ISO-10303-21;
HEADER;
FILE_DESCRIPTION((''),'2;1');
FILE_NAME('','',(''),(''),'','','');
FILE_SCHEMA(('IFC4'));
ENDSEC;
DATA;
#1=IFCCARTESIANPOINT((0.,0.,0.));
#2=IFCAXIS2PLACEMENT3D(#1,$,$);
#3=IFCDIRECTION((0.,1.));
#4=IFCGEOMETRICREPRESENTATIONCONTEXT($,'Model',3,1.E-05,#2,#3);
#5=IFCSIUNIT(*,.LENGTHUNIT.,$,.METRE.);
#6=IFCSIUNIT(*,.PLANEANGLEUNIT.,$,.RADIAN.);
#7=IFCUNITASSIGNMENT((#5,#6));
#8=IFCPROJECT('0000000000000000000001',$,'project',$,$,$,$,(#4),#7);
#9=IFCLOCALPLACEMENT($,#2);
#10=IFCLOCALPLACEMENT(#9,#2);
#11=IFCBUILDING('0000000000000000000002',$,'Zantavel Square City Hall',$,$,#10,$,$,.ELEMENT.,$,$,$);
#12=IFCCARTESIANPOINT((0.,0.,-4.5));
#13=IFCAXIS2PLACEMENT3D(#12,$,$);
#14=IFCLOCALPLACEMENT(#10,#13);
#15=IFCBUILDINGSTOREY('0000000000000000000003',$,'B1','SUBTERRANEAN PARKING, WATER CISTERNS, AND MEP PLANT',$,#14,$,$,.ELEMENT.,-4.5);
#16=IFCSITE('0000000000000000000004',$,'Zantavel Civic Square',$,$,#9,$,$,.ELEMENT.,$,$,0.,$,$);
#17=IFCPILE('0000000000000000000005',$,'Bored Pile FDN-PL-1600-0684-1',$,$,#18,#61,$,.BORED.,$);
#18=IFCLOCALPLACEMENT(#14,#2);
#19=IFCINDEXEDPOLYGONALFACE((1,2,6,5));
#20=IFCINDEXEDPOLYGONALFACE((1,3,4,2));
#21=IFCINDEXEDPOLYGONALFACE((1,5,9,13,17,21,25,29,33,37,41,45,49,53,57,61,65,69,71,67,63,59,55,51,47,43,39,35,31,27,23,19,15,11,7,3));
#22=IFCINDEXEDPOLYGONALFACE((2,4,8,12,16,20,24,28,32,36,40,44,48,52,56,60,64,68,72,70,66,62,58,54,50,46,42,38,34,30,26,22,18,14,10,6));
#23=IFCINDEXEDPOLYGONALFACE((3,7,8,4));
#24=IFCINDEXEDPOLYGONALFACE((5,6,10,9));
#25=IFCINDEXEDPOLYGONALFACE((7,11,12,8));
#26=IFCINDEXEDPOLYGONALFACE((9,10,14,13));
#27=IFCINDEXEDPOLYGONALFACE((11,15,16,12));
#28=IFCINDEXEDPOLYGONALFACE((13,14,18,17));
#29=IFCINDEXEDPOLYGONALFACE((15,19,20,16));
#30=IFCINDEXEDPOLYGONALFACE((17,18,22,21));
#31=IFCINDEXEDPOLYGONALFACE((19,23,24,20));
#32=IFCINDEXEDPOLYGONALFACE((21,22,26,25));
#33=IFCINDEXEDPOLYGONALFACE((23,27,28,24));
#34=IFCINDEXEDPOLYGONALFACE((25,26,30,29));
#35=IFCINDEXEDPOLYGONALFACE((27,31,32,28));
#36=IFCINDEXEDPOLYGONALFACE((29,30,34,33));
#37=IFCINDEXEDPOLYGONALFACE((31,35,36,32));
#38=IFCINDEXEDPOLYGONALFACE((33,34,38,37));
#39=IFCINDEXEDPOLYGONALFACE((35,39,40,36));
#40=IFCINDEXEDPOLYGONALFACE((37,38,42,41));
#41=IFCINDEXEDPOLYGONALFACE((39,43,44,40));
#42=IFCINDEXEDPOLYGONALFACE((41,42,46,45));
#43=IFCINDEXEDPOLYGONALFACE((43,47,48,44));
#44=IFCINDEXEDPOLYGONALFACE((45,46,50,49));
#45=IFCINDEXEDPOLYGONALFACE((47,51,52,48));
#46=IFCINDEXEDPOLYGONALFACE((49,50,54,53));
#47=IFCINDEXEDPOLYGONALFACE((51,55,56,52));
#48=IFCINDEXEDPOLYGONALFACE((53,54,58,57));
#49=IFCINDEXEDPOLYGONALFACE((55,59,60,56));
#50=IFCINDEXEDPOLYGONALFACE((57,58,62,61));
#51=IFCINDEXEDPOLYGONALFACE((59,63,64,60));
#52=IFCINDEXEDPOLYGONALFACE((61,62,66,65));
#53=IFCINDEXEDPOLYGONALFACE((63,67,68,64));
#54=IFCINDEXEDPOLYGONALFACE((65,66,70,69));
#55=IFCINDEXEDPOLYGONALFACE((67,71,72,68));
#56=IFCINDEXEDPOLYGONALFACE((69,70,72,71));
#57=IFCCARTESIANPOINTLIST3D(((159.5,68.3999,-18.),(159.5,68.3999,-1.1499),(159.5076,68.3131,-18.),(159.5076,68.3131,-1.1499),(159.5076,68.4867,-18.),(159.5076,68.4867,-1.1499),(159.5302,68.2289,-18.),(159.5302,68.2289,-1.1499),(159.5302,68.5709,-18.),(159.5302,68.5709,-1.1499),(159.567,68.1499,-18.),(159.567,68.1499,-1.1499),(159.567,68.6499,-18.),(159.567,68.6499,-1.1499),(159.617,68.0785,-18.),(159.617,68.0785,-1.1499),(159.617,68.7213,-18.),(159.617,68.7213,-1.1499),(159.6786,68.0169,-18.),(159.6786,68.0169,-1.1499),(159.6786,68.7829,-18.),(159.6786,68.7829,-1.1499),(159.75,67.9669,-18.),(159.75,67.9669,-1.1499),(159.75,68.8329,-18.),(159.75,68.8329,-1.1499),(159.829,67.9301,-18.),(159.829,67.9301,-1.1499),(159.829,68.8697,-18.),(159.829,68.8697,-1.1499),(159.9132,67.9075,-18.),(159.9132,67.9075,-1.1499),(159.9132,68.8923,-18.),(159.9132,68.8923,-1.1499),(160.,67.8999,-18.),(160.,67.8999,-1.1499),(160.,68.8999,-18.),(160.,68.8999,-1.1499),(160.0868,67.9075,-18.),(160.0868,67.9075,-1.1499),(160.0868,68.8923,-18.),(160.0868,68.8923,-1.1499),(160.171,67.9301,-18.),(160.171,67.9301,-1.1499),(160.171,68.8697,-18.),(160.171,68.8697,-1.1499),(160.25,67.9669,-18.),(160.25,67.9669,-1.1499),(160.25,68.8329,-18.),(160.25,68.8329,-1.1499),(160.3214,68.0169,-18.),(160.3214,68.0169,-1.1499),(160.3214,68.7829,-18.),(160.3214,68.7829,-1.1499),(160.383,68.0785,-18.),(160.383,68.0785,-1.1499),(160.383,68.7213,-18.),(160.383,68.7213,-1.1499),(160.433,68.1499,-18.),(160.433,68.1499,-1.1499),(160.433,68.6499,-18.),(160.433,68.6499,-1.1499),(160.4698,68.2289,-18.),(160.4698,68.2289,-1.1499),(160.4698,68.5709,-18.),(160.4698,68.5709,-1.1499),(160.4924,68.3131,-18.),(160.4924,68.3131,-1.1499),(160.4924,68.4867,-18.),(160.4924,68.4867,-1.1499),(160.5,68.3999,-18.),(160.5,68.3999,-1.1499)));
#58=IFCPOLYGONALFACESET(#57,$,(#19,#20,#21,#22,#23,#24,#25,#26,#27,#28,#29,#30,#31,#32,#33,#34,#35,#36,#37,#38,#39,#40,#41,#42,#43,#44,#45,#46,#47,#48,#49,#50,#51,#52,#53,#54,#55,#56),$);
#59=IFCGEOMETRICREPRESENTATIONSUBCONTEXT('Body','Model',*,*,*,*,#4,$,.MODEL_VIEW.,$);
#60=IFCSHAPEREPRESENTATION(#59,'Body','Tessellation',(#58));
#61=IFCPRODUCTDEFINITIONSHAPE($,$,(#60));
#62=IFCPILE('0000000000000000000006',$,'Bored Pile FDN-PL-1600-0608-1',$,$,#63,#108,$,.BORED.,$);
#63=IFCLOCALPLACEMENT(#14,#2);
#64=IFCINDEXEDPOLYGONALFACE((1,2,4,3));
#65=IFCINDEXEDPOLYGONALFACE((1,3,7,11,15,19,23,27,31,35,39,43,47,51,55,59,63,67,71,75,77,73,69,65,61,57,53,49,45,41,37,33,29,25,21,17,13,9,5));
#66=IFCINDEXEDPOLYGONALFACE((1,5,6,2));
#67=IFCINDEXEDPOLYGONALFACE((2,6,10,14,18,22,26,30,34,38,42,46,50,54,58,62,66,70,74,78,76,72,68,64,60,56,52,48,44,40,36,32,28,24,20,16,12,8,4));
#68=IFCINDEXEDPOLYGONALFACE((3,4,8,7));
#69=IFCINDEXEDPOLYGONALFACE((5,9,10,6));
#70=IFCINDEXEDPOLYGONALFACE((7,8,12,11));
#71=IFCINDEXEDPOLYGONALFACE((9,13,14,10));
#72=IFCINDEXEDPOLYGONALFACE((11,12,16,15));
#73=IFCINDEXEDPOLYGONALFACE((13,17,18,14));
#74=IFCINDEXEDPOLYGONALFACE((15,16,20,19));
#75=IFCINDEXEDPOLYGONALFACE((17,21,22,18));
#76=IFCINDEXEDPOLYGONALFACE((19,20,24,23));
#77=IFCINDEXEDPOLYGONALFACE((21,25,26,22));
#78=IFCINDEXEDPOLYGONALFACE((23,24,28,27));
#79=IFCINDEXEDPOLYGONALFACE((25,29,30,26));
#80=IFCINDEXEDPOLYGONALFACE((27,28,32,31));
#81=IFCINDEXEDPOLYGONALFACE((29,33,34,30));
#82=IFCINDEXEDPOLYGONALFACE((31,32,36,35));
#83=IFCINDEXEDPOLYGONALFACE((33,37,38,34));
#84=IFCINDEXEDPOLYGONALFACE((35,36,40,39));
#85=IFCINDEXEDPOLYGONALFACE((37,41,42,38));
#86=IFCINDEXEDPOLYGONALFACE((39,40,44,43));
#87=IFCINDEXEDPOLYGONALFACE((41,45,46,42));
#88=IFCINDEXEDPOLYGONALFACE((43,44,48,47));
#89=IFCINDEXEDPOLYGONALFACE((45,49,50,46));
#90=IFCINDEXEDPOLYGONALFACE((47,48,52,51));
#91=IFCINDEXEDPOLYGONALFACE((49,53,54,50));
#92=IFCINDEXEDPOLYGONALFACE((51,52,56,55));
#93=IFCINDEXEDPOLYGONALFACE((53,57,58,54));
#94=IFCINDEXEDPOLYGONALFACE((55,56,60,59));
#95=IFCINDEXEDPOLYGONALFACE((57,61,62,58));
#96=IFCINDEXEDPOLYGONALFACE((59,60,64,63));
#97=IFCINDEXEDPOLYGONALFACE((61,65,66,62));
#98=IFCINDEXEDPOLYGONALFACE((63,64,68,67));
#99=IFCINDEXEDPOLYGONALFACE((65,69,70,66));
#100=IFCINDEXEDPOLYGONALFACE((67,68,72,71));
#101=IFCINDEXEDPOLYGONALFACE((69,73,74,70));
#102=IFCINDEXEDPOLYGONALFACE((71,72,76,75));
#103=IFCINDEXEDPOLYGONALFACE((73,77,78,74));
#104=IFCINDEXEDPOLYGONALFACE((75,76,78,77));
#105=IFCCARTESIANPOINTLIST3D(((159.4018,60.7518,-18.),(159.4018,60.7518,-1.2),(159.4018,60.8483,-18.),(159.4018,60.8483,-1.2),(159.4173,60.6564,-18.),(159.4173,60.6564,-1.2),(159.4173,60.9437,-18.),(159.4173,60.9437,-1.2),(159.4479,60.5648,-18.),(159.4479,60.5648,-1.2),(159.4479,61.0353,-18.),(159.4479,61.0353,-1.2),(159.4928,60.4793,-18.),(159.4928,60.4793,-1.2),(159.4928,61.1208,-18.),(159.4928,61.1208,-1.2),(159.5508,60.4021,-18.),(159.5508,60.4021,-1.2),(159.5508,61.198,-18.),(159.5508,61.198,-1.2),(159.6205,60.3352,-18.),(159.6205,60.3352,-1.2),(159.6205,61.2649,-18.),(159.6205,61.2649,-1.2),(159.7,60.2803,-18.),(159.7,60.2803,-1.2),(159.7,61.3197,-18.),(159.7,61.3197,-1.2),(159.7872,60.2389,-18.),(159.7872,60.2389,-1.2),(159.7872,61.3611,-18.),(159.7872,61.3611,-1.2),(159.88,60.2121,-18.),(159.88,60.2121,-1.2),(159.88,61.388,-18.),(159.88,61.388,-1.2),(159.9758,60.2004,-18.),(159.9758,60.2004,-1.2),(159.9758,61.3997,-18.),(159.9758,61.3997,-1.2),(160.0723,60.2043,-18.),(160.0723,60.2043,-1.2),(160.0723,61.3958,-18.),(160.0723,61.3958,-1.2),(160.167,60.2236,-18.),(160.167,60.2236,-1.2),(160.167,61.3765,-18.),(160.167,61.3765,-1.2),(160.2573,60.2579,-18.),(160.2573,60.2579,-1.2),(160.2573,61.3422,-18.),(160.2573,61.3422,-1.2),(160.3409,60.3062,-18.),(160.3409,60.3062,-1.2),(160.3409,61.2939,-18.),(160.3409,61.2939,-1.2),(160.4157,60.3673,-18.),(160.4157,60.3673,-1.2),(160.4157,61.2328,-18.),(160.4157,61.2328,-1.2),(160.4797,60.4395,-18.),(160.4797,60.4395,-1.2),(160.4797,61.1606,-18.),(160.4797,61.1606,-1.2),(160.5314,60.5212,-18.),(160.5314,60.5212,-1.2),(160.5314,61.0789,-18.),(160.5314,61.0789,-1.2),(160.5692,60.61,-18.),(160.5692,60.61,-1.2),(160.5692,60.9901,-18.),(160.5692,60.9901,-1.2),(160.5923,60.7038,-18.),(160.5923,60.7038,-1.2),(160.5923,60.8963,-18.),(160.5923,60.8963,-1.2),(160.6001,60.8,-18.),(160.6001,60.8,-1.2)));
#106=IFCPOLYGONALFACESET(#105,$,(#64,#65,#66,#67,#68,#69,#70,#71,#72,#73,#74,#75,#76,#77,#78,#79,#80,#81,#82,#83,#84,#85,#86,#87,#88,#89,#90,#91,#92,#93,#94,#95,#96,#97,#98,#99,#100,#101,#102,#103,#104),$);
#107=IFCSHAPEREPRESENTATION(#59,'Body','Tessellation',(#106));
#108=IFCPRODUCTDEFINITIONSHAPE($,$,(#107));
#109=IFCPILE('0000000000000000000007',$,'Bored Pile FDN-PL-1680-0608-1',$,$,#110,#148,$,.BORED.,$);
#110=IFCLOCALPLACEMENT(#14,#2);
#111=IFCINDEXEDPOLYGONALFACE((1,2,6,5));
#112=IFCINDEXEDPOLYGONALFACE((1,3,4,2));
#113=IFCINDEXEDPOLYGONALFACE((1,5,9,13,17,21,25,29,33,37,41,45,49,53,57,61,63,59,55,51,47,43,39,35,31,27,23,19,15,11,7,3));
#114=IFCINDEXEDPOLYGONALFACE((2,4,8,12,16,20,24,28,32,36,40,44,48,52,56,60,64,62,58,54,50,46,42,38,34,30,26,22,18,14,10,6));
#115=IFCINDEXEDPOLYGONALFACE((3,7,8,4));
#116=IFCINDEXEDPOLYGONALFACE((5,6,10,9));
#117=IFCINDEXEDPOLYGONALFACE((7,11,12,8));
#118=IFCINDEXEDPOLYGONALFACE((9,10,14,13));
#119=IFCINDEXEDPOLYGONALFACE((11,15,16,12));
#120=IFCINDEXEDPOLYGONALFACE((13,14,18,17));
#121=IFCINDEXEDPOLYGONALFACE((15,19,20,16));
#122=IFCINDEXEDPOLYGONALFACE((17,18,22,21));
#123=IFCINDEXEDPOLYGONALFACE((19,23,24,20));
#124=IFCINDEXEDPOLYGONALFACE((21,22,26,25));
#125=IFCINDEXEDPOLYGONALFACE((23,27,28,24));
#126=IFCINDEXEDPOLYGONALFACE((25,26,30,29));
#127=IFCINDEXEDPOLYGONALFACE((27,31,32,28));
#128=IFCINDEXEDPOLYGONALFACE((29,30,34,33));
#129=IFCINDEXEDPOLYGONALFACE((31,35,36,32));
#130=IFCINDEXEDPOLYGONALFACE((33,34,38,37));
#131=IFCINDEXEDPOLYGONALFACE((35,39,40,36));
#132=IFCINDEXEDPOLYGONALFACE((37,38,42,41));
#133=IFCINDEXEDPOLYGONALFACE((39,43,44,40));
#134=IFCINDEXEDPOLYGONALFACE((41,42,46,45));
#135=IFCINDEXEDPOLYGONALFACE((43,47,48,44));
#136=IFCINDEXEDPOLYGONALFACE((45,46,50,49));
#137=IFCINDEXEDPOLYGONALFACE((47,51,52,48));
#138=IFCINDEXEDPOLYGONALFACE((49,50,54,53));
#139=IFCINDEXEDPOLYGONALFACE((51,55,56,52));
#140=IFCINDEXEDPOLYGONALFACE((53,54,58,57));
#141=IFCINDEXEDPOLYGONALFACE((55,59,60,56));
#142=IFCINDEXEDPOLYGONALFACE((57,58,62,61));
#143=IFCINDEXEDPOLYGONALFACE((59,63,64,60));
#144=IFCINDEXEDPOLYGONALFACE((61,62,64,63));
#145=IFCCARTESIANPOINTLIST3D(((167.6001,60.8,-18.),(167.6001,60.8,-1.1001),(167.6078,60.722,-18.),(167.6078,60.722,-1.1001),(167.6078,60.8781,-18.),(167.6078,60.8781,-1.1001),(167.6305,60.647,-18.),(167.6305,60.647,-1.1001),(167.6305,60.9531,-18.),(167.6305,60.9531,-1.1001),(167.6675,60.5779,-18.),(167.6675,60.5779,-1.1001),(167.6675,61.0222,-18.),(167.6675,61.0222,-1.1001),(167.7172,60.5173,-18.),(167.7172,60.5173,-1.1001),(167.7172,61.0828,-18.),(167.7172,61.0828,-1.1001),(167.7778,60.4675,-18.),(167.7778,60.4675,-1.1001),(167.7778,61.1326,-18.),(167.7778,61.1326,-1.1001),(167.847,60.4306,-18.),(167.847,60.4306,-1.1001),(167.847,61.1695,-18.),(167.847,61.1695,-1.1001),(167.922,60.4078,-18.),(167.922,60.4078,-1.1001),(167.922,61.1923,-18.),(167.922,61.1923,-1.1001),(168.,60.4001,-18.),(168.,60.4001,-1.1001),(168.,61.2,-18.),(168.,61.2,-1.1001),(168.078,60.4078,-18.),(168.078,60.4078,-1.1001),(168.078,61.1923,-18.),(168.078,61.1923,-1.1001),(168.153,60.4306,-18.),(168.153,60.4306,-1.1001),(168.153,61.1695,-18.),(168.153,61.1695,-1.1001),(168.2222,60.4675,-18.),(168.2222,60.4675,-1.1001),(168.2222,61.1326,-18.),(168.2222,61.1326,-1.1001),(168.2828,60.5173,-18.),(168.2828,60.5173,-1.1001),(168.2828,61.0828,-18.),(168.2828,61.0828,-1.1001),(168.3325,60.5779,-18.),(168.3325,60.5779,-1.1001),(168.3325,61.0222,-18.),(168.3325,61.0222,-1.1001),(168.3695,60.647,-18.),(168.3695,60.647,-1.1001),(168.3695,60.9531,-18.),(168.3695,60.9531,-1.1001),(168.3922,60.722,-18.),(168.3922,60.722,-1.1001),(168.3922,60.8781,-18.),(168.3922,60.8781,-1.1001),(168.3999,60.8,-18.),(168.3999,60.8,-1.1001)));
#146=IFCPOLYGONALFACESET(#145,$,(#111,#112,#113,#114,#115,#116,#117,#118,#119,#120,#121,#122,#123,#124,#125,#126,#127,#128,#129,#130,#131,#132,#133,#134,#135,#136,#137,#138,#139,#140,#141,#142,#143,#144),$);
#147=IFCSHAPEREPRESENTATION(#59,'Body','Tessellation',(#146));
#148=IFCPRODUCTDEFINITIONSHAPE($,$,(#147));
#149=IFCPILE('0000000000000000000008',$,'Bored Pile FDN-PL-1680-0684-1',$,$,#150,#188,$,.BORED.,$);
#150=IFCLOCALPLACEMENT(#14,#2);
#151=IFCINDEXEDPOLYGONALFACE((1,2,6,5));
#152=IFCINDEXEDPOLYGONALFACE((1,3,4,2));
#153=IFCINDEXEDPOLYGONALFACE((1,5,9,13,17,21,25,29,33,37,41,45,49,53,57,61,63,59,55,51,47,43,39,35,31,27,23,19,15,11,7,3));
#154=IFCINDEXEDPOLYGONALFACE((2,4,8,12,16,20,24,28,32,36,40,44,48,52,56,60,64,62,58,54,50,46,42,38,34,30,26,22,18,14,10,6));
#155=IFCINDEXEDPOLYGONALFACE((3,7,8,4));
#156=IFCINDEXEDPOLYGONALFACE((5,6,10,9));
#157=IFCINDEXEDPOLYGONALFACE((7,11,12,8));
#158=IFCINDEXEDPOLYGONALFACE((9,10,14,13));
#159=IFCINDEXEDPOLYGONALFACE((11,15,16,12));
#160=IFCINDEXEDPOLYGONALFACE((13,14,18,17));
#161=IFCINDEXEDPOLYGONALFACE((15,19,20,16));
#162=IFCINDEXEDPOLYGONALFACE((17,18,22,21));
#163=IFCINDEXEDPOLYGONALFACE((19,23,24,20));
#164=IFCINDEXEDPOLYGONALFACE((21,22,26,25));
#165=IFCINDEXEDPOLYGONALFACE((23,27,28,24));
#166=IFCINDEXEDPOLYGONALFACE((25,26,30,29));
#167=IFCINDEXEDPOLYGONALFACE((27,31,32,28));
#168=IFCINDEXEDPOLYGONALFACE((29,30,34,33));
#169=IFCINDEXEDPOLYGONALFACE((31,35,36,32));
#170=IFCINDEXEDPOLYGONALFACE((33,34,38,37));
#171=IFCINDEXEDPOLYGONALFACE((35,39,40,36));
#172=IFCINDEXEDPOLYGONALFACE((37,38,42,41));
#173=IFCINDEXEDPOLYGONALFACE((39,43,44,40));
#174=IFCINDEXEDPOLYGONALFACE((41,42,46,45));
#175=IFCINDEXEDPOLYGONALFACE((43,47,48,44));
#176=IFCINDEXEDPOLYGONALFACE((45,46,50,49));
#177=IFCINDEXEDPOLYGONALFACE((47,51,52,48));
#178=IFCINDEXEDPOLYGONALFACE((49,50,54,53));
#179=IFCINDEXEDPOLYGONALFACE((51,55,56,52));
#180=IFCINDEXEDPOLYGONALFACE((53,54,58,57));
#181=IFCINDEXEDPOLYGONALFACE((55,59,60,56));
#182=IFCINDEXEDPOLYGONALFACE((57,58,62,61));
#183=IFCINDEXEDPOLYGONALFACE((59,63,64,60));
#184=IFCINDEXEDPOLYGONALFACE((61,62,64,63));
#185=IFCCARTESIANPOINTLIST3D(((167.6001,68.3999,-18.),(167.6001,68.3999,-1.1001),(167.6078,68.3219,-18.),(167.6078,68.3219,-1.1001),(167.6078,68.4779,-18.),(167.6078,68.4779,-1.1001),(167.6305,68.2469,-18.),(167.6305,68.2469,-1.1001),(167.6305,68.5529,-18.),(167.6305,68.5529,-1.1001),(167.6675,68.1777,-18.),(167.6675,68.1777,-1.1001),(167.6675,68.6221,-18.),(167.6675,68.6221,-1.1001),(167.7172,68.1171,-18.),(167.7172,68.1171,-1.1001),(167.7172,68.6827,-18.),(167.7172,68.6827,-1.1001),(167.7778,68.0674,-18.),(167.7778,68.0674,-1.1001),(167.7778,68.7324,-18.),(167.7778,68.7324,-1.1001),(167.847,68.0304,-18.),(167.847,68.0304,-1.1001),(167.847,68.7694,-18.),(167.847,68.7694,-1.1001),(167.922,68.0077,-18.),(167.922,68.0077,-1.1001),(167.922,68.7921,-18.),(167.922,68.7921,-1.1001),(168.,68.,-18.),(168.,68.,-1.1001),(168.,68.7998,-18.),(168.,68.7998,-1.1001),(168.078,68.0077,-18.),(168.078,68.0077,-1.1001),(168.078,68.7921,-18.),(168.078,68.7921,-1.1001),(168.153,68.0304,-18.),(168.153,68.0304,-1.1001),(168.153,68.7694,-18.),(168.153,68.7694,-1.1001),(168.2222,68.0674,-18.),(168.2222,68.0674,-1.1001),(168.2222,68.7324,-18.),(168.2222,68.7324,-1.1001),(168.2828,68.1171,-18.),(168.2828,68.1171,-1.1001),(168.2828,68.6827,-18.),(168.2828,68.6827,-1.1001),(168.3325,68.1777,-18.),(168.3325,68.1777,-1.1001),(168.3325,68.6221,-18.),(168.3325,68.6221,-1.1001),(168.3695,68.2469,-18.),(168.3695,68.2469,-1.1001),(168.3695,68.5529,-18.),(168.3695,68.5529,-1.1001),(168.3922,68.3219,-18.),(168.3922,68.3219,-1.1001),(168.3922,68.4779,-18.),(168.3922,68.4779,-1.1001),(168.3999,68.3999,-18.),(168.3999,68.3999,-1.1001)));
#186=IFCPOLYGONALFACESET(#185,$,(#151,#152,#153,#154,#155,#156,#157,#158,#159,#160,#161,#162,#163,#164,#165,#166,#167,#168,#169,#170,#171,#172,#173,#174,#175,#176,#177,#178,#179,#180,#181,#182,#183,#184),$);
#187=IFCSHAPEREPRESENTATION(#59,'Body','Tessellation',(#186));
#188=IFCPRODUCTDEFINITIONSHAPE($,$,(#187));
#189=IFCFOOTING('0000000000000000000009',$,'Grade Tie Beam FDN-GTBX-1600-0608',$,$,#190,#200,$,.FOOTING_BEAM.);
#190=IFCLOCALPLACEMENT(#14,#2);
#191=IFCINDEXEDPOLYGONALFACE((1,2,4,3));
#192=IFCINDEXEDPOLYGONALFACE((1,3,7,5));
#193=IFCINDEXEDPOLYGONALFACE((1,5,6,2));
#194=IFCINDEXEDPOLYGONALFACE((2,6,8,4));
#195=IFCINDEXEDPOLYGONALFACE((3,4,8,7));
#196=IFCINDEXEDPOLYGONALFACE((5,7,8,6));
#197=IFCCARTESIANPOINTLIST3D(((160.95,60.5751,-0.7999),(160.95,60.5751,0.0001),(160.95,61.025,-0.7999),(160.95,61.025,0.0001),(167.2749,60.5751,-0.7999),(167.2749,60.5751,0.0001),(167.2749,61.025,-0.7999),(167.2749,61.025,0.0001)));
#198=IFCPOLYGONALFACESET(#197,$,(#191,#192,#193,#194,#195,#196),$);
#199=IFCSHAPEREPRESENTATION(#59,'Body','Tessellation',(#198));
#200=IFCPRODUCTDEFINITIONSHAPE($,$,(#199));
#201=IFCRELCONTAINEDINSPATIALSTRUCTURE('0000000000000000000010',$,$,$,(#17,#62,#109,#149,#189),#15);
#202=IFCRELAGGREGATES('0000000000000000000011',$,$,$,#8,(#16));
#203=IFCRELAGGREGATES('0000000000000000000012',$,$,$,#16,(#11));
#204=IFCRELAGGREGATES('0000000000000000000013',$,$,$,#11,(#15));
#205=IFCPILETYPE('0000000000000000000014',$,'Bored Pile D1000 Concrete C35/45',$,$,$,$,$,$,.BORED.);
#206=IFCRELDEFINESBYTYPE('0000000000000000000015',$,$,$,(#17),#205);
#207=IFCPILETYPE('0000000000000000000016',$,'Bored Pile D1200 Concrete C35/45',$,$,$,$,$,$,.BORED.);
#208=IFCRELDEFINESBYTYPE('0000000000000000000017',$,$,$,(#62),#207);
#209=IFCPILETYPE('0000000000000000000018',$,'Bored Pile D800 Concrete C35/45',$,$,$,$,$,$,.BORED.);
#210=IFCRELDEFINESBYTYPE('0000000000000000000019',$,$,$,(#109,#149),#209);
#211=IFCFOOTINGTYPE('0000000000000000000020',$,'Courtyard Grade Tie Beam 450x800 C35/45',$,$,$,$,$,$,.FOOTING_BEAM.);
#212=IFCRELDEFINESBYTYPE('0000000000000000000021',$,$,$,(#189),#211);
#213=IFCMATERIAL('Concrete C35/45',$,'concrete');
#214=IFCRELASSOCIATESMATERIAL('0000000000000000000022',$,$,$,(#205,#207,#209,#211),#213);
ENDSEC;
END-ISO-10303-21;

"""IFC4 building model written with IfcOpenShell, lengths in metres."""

from ifc_helpers import new_model, si_unit, direction, frame, origin, origin_2d, place, context, subcontext, project, spatial, rectangle, circle, extrude, material, material_profile, profile_set, type_object, element, save


model = new_model("IFC4")

# Units and contexts
model_context = context("Model", 3, precision=1e-05, world=origin(), true_north=direction((0.0, 1.0)))
body_context = subcontext(model_context, "Body", "Model", "MODEL_VIEW")
ifc_project = project(units=[si_unit("LENGTHUNIT", "METRE"), si_unit("PLANEANGLEUNIT", "RADIAN")], contexts=[model_context])

# Site, building, storey
site_placement = place(None, origin())
site = spatial("IfcSite", under=ifc_project, at=site_placement, Name="Zantavel Civic Square", CompositionType="ELEMENT", RefElevation=0.0)
building_placement = place(site_placement, origin())
building = spatial("IfcBuilding", under=site, at=building_placement, Name="Zantavel Square City Hall", CompositionType="ELEMENT")
storey_placement = place(building_placement, frame((0.0, 0.0, -4.5)))
storey = spatial("IfcBuildingStorey", under=building, at=storey_placement, Name="B1", Description="SUBTERRANEAN PARKING, WATER CISTERNS, AND MEP PLANT", CompositionType="ELEMENT", Elevation=-4.5)

# Piles
ifc_material_1 = material(Name="Concrete C35/45", Category="concrete")
ifc_material_profile_1 = material_profile(ifc_material_1, circle(Radius=0.5, at=origin_2d()), Name="PILE D1000")
ifc_profile_set_1 = profile_set([ifc_material_profile_1], Name="Concrete C35/45")
pile_type_1 = type_object("IfcPileType", Name="Bored Pile D1000 Concrete C35/45", PredefinedType="BORED", material=ifc_profile_set_1)
pile_1_placement = place(storey_placement, frame((160.0, 68.3999, -1.1499), z_axis=(0.0, 0.0, -1.0), x_axis=(1.0, 0.0, 0.0)))
element("IfcPile", 1, at=pile_1_placement, inside=storey, type_object=pile_type_1, Name="Bored Pile FDN-PL-1600-0684-1", PredefinedType="BORED", context=body_context, shape_type="SweptSolid", body=[
    extrude(circle(Radius=0.5, at=origin_2d()), origin(), (0.0, 0.0, 1.0), 16.8501),
])
ifc_material_profile_2 = material_profile(ifc_material_1, circle(Radius=0.6001, at=origin_2d()), Name="PILE D1200")
ifc_profile_set_2 = profile_set([ifc_material_profile_2], Name="Concrete C35/45")
pile_type_2 = type_object("IfcPileType", Name="Bored Pile D1200 Concrete C35/45", PredefinedType="BORED", material=ifc_profile_set_2)
pile_2_placement = place(storey_placement, frame((160.0, 60.8, -1.2), z_axis=(0.0, 0.0, -1.0), x_axis=(1.0, 0.0, 0.0)))
element("IfcPile", 2, at=pile_2_placement, inside=storey, type_object=pile_type_2, Name="Bored Pile FDN-PL-1600-0608-1", PredefinedType="BORED", context=body_context, shape_type="SweptSolid", body=[
    extrude(circle(Radius=0.6001, at=origin_2d()), origin(), (0.0, 0.0, 1.0), 16.8),
])
ifc_material_profile_3 = material_profile(ifc_material_1, circle(Radius=0.3999, at=origin_2d()), Name="PILE D800")
ifc_profile_set_3 = profile_set([ifc_material_profile_3], Name="Concrete C35/45")
pile_type_3 = type_object("IfcPileType", Name="Bored Pile D800 Concrete C35/45", PredefinedType="BORED", material=ifc_profile_set_3)
for number, where, z_axis, x_axis, name in (
    (3, (168.0, 60.8, -1.1001), (0.0, 0.0, -1.0), (1.0, 0.0, 0.0), "Bored Pile FDN-PL-1680-0608-1"),
    (4, (168.0, 68.3999, -1.1001), (0.0, 0.0, -1.0), (1.0, 0.0, 0.0), "Bored Pile FDN-PL-1680-0684-1"),
):
    element("IfcPile", number, at=place(storey_placement, frame(where, z_axis=z_axis, x_axis=x_axis)), inside=storey, type_object=pile_type_3, Name=name, PredefinedType="BORED", context=body_context, shape_type="SweptSolid", body=[
        extrude(circle(Radius=0.3999, at=origin_2d()), origin(), (0.0, 0.0, 1.0), 16.8999),
    ])

# Footing
ifc_material_profile_4 = material_profile(ifc_material_1, rectangle(XDim=0.45, YDim=0.8, at=origin_2d()), Name="RC 450x800")
ifc_profile_set_4 = profile_set([ifc_material_profile_4], Name="Concrete C35/45")
footing_type_1 = type_object("IfcFootingType", Name="Courtyard Grade Tie Beam 450x800 C35/45", PredefinedType="FOOTING_BEAM", material=ifc_profile_set_4)
footing_1_placement = place(storey_placement, frame((160.95, 60.8, -0.3999), z_axis=(1.0, 0.0, 0.0), x_axis=(0.0, 1.0, 0.0)))
element("IfcFooting", 5, at=footing_1_placement, inside=storey, type_object=footing_type_1, Name="Grade Tie Beam FDN-GTBX-1600-0608", PredefinedType="FOOTING_BEAM", context=body_context, shape_type="SweptSolid", body=[
    extrude(rectangle(XDim=0.45, YDim=0.8, at=origin_2d()), origin(), (0.0, 0.0, 1.0), 6.325),
])

save(model, "model.ifc")
